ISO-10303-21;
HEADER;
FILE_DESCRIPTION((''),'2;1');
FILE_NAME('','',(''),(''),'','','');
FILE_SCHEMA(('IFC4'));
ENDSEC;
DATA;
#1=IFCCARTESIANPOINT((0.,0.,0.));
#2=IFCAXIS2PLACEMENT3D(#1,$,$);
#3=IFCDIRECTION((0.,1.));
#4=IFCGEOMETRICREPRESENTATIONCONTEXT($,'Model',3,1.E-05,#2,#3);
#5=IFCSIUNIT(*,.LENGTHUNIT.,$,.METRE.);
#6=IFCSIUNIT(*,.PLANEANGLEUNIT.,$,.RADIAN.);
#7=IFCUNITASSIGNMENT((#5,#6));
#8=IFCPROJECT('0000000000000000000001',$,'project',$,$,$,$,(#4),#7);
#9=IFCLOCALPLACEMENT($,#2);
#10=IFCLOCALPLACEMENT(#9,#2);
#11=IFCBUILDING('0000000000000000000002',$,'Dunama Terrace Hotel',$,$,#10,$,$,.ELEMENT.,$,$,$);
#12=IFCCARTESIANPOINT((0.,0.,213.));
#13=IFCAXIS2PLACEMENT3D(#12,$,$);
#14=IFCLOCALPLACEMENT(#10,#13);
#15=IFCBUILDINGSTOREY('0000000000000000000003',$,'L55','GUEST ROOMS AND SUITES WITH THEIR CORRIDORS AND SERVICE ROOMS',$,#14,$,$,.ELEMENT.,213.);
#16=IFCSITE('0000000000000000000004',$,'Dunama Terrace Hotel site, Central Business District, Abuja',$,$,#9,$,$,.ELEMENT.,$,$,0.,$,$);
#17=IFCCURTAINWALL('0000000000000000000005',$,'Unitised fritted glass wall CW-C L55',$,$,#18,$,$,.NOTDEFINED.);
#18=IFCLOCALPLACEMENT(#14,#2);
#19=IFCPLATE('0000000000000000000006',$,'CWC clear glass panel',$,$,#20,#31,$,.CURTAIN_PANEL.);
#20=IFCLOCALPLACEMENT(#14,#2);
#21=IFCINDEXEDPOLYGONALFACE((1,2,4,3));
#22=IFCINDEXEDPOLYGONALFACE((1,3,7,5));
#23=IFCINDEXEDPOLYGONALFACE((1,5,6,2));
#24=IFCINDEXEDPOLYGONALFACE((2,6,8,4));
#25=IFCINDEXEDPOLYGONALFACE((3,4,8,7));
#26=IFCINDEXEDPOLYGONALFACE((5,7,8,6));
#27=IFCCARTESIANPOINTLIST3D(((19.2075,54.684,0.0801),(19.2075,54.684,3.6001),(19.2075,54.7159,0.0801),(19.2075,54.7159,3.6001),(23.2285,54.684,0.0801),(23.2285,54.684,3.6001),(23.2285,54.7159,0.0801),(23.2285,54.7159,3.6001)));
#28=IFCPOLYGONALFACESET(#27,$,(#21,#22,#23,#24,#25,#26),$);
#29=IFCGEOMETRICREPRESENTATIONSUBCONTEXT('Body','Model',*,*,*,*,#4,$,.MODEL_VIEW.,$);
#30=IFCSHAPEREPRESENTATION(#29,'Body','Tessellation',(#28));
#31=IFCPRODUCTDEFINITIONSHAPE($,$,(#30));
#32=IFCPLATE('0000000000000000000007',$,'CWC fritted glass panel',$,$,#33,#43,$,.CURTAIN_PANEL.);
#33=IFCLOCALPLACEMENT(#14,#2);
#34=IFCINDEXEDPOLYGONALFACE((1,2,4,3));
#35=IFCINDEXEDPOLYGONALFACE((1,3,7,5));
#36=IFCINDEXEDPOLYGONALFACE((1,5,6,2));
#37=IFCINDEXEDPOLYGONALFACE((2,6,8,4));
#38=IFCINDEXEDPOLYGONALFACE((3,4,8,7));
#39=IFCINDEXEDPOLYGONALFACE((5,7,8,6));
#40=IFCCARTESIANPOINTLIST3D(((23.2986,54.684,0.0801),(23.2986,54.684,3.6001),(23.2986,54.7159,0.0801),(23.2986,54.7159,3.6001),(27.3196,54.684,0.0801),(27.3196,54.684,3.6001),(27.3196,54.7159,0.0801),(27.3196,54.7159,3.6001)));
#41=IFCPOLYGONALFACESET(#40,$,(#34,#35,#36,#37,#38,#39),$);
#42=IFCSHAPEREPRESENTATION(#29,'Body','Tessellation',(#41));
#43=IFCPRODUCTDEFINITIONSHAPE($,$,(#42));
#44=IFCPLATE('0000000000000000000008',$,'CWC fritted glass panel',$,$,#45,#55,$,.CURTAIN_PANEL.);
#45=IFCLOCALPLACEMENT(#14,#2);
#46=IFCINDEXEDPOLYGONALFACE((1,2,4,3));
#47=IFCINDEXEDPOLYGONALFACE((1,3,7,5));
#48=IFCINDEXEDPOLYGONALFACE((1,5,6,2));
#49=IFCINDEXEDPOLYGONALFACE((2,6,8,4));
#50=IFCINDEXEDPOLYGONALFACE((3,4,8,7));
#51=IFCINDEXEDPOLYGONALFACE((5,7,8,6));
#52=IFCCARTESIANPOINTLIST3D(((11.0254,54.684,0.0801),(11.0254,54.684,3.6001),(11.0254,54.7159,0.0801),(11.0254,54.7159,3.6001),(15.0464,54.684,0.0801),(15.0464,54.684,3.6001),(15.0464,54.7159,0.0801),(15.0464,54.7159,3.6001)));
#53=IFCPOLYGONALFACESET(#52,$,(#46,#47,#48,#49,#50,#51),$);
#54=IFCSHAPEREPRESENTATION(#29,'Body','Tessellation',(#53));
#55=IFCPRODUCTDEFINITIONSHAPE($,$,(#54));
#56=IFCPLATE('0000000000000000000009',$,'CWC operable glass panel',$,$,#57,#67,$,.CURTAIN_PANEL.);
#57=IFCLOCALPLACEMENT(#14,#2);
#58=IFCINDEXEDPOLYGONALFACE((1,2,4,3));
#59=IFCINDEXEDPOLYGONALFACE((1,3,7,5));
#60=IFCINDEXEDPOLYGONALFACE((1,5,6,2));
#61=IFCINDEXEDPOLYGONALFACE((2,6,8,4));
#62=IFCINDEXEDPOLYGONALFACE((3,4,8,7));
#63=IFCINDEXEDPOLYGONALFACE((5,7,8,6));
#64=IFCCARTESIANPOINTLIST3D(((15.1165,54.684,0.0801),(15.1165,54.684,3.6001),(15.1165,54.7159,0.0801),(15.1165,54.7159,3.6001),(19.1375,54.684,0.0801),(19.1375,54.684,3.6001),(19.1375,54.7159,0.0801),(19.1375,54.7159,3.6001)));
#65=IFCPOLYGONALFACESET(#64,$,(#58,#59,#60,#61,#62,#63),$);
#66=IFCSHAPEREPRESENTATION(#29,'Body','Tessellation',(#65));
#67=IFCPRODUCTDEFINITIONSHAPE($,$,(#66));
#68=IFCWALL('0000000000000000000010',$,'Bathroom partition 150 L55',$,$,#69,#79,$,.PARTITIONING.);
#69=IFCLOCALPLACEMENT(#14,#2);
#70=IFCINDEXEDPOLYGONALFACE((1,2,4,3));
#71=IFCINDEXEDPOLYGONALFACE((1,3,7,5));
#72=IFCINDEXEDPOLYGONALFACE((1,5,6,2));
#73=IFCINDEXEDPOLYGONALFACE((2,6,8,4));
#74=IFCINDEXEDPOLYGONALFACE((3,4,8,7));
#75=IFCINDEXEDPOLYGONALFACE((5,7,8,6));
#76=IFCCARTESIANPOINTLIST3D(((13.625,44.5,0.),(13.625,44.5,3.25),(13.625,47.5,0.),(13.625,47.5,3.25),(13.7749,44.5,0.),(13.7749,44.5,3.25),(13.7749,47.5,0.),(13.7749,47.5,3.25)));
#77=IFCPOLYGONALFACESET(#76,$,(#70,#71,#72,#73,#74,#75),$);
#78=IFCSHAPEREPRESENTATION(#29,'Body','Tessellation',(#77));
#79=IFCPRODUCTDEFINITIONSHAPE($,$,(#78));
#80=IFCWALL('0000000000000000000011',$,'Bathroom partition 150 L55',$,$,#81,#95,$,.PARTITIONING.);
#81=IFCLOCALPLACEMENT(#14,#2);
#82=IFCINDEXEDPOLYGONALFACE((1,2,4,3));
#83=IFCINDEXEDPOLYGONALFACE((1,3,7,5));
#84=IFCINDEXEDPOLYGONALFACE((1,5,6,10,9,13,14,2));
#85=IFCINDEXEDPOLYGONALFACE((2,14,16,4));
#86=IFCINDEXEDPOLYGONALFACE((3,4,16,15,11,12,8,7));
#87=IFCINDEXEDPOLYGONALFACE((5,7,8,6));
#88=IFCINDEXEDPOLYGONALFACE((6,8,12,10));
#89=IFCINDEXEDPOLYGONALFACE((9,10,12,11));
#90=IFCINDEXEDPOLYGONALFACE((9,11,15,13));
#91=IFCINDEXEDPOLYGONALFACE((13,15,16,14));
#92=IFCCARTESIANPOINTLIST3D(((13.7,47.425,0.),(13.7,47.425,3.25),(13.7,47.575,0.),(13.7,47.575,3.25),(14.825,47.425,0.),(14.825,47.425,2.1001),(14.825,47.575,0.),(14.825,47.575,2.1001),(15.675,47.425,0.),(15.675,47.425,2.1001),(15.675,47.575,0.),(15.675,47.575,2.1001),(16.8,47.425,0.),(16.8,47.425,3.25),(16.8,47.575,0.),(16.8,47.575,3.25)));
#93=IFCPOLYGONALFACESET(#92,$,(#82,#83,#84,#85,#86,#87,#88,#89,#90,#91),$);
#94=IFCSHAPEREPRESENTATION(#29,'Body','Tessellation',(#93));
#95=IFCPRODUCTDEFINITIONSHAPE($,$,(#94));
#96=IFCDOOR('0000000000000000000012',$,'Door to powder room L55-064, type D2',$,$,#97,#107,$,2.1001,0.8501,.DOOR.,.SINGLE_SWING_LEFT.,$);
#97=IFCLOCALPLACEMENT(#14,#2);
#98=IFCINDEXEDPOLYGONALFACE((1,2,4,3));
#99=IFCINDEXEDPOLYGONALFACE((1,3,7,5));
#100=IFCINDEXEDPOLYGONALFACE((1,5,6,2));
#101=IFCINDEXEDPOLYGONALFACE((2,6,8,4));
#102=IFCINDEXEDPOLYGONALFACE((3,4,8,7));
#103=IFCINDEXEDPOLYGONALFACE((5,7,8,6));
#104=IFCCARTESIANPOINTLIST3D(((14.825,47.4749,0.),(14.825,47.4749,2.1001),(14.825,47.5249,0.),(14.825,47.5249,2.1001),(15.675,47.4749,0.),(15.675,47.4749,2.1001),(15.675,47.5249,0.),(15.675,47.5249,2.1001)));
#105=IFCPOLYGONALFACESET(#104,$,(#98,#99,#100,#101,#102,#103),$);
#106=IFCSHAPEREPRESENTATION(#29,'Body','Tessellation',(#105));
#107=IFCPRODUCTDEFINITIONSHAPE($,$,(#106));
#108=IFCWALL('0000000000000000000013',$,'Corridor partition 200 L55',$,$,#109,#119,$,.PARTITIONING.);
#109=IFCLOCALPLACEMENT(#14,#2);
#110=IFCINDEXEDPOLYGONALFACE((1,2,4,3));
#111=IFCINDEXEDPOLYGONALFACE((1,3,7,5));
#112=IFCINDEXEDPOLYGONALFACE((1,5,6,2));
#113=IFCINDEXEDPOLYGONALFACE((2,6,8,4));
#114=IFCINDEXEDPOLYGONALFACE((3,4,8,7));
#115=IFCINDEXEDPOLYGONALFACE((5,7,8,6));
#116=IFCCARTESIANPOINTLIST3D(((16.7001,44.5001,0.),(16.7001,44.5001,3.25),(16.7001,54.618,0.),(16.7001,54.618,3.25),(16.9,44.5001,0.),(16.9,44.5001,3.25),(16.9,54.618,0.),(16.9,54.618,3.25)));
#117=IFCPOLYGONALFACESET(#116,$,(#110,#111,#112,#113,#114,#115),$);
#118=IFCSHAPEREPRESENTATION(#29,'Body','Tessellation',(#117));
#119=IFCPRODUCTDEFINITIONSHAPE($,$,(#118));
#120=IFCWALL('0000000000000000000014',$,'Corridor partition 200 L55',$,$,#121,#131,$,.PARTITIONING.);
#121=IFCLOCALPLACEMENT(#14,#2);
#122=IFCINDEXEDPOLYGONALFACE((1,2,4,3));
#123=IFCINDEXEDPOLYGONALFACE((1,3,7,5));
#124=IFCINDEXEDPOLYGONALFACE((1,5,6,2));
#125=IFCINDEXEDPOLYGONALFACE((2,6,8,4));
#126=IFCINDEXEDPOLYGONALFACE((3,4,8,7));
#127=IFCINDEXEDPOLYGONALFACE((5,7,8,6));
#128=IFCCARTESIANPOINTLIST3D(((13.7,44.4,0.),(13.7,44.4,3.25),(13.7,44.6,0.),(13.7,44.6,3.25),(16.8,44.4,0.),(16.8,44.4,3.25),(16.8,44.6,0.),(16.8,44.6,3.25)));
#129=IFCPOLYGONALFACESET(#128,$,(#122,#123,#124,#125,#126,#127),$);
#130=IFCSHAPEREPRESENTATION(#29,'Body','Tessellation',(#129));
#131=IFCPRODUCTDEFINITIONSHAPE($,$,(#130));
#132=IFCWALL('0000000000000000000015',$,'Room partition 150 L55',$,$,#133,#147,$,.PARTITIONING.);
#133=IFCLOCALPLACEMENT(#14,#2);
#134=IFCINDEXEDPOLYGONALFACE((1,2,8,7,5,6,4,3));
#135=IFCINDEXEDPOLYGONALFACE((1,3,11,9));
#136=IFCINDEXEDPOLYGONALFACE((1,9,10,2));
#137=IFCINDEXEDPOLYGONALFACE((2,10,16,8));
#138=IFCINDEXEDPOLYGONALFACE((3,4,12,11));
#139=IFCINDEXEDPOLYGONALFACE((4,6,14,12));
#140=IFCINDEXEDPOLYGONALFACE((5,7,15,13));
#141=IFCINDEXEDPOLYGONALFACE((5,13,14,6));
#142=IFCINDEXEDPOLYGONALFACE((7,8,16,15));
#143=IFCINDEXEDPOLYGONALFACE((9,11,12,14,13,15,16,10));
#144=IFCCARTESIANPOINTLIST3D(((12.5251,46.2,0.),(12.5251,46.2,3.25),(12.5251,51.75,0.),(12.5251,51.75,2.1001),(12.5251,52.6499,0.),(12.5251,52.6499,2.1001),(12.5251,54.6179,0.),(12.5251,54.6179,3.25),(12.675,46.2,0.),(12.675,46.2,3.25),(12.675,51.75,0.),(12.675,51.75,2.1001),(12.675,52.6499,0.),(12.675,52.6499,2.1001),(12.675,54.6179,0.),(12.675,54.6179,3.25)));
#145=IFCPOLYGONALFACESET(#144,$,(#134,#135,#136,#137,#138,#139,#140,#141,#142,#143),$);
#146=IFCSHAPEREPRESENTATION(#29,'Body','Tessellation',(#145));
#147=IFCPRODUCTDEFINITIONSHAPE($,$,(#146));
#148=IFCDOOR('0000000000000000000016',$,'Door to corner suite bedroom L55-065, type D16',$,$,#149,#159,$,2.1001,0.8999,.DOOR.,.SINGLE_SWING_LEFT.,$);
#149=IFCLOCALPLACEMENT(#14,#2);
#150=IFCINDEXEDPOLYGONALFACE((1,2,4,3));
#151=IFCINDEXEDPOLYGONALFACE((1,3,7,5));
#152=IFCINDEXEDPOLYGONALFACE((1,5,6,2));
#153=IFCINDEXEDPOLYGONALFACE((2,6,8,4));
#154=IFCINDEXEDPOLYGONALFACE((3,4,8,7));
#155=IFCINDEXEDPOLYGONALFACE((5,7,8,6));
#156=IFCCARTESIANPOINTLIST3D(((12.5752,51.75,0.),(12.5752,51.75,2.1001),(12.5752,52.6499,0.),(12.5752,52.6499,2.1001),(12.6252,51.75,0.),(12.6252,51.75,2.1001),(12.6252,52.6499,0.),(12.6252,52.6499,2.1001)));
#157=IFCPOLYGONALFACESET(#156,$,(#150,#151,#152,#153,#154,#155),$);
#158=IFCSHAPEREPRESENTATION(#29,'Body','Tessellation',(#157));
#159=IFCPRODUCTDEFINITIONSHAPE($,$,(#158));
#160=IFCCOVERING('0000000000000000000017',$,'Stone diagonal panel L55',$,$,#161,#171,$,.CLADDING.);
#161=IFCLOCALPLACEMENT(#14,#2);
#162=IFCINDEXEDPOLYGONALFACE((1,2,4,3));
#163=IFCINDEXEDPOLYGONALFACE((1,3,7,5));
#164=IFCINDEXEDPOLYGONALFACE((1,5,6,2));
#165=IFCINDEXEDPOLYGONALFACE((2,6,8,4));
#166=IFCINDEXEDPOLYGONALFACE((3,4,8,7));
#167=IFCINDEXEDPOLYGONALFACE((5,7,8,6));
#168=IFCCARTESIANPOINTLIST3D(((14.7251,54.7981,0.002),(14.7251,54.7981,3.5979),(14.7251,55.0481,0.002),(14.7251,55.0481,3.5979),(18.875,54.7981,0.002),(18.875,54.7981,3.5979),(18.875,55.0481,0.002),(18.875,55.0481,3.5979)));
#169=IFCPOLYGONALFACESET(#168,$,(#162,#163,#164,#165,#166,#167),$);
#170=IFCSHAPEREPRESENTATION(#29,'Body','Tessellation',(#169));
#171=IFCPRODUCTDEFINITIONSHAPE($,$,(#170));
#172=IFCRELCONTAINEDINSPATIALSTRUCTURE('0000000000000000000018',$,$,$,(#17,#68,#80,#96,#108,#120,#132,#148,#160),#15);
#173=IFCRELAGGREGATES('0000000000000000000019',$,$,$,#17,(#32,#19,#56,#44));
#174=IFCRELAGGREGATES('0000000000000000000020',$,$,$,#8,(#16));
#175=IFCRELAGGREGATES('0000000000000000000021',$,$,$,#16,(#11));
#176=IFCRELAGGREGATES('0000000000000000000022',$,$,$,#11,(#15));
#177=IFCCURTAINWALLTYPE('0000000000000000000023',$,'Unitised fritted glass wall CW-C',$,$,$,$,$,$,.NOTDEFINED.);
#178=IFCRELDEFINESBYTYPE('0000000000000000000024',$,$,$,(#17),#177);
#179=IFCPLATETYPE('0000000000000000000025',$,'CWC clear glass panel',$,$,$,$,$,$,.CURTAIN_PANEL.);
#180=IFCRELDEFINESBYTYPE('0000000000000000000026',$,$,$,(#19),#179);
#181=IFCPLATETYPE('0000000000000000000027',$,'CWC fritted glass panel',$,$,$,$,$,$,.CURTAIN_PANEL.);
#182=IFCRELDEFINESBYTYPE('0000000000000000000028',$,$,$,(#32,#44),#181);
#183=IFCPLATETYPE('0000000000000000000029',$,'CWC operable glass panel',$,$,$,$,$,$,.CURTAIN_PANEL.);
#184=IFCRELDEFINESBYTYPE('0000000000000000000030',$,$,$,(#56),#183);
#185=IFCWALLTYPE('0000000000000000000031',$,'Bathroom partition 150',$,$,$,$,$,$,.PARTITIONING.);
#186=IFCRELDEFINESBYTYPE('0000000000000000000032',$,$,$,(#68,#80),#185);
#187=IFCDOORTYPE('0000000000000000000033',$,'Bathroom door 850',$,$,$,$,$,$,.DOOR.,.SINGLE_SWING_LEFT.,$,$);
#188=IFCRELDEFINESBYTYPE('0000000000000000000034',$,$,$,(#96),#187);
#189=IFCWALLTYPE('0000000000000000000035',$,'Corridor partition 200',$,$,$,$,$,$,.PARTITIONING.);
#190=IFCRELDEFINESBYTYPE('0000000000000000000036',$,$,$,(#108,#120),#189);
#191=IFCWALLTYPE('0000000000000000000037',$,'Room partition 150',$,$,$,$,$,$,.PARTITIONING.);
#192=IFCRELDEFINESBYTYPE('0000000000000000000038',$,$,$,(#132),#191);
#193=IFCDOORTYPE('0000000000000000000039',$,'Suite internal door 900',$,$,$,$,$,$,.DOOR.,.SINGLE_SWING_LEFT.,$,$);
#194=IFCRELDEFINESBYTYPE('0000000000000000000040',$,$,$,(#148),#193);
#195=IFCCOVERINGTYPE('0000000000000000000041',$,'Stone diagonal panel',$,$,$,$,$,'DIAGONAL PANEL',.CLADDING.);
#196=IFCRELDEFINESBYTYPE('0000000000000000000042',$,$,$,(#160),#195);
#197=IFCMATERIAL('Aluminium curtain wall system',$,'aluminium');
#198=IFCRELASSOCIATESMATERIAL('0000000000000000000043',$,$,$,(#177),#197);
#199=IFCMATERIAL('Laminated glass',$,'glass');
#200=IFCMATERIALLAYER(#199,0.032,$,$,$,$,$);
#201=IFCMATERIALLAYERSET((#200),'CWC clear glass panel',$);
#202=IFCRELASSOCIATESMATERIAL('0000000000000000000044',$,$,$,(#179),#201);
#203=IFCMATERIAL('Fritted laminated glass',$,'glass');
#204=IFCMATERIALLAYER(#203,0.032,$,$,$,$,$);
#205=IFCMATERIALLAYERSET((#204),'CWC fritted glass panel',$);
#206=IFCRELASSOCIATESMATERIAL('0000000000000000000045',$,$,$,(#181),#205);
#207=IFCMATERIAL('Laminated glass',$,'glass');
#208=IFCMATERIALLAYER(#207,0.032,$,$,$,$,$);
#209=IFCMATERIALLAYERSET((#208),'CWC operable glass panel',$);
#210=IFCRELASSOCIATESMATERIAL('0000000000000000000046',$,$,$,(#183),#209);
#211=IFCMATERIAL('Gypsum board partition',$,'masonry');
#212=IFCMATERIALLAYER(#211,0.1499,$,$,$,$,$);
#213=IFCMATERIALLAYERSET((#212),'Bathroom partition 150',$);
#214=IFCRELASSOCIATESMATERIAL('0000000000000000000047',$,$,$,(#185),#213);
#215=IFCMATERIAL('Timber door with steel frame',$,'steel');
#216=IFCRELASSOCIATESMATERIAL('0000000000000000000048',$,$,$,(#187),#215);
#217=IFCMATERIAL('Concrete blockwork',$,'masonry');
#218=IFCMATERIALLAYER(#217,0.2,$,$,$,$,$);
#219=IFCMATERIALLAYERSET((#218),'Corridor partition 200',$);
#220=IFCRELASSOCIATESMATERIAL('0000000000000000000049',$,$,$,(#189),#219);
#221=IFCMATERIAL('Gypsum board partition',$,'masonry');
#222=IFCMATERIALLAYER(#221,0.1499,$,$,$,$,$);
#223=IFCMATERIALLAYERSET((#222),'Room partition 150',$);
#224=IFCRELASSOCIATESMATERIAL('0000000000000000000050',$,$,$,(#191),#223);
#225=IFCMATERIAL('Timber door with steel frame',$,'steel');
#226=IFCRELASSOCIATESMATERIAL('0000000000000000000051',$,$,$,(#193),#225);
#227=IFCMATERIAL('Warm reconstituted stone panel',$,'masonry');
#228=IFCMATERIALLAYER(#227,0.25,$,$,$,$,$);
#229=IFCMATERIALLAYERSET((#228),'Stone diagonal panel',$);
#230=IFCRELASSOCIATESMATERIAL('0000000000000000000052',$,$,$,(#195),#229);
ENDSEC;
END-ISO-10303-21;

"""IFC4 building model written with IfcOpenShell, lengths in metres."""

from ifc_helpers import new_model, si_unit, direction, frame, frame_2d, origin, origin_2d, place, context, subcontext, project, spatial, rectangle, extrude, material, layer, layer_set, type_object, element, fill, aggregate, save


model = new_model("IFC4")

# Units and contexts
model_context = context("Model", 3, precision=1e-05, world=origin(), true_north=direction((0.0, 1.0)))
body_context = subcontext(model_context, "Body", "Model", "MODEL_VIEW")
ifc_project = project(units=[si_unit("LENGTHUNIT", "METRE"), si_unit("PLANEANGLEUNIT", "RADIAN")], contexts=[model_context])

# Site, building, storey
site_placement = place(None, origin())
site = spatial("IfcSite", under=ifc_project, at=site_placement, Name="Dunama Terrace Hotel site, Central Business District, Abuja", CompositionType="ELEMENT", RefElevation=0.0)
building_placement = place(site_placement, origin())
building = spatial("IfcBuilding", under=site, at=building_placement, Name="Dunama Terrace Hotel", CompositionType="ELEMENT")
storey_placement = place(building_placement, frame((0.0, 0.0, 213.0)))
storey = spatial("IfcBuildingStorey", under=building, at=storey_placement, Name="L55", Description="GUEST ROOMS AND SUITES WITH THEIR CORRIDORS AND SERVICE ROOMS", CompositionType="ELEMENT", Elevation=213.0)

# Curtain wall
ifc_material_1 = material(Name="Aluminium curtain wall system", Category="aluminium")
curtain_wall_type = type_object("IfcCurtainWallType", Name="Unitised fritted glass wall CW-C", PredefinedType="NOTDEFINED", material=ifc_material_1)
curtain_wall_placement = place(storey_placement, origin())
curtain_wall = element("IfcCurtainWall", 1, at=curtain_wall_placement, inside=storey, type_object=curtain_wall_type, Name="Unitised fritted glass wall CW-C L55", PredefinedType="NOTDEFINED")

# Plates
ifc_material_2 = material(Name="Laminated glass", Category="glass")
ifc_layer_1 = layer(ifc_material_2, 0.032)
ifc_layer_set_1 = layer_set([ifc_layer_1], Name="CWC clear glass panel")
plate_type_1 = type_object("IfcPlateType", Name="CWC clear glass panel", PredefinedType="CURTAIN_PANEL", material=ifc_layer_set_1)
plate_1_placement = place(storey_placement, frame((21.218, 54.7, 0.0801), z_axis=(0.0, 0.0, 1.0), x_axis=(-1.0, 0.0, 0.0)))
plate_1 = element("IfcPlate", 2, at=plate_1_placement, type_object=plate_type_1, Name="CWC clear glass panel", PredefinedType="CURTAIN_PANEL", context=body_context, shape_type="SweptSolid", body=[
    extrude(rectangle(XDim=4.021, YDim=0.032, at=origin_2d()), origin(), (0.0, 0.0, 1.0), 3.52),
])
ifc_material_3 = material(Name="Fritted laminated glass", Category="glass")
ifc_layer_2 = layer(ifc_material_3, 0.032)
ifc_layer_set_2 = layer_set([ifc_layer_2], Name="CWC fritted glass panel")
plate_type_2 = type_object("IfcPlateType", Name="CWC fritted glass panel", PredefinedType="CURTAIN_PANEL", material=ifc_layer_set_2)
plate_2_placement = place(storey_placement, frame((25.3091, 54.7, 0.0801), z_axis=(0.0, 0.0, 1.0), x_axis=(-1.0, 0.0, 0.0)))
plate_2 = element("IfcPlate", 3, at=plate_2_placement, type_object=plate_type_2, Name="CWC fritted glass panel", PredefinedType="CURTAIN_PANEL", context=body_context, shape_type="SweptSolid", body=[
    extrude(rectangle(XDim=4.021, YDim=0.032, at=origin_2d()), origin(), (0.0, 0.0, 1.0), 3.52),
])
plate_3_placement = place(storey_placement, frame((13.0359, 54.7, 0.0801), z_axis=(0.0, 0.0, 1.0), x_axis=(-1.0, 0.0, 0.0)))
plate_3 = element("IfcPlate", 4, at=plate_3_placement, type_object=plate_type_2, Name="CWC fritted glass panel", PredefinedType="CURTAIN_PANEL", context=body_context, shape_type="SweptSolid", body=[
    extrude(rectangle(XDim=4.021, YDim=0.032, at=origin_2d()), origin(), (0.0, 0.0, 1.0), 3.52),
])
ifc_material_4 = material(Name="Laminated glass", Category="glass")
ifc_layer_3 = layer(ifc_material_4, 0.032)
ifc_layer_set_3 = layer_set([ifc_layer_3], Name="CWC operable glass panel")
plate_type_3 = type_object("IfcPlateType", Name="CWC operable glass panel", PredefinedType="CURTAIN_PANEL", material=ifc_layer_set_3)
plate_4_placement = place(storey_placement, frame((17.127, 54.7, 0.0801), z_axis=(0.0, 0.0, 1.0), x_axis=(-1.0, 0.0, 0.0)))
plate_4 = element("IfcPlate", 5, at=plate_4_placement, type_object=plate_type_3, Name="CWC operable glass panel", PredefinedType="CURTAIN_PANEL", context=body_context, shape_type="SweptSolid", body=[
    extrude(rectangle(XDim=4.021, YDim=0.032, at=origin_2d()), origin(), (0.0, 0.0, 1.0), 3.52),
])
aggregate(curtain_wall, [plate_2, plate_1, plate_4, plate_3])

# Wall
ifc_material_5 = material(Name="Gypsum board partition", Category="masonry")
ifc_layer_4 = layer(ifc_material_5, 0.1499)
ifc_layer_set_4 = layer_set([ifc_layer_4], Name="Bathroom partition 150")
wall_type_1 = type_object("IfcWallType", Name="Bathroom partition 150", PredefinedType="PARTITIONING", material=ifc_layer_set_4)
wall_1_placement = place(storey_placement, frame((13.7, 44.5, 0.0), z_axis=(0.0, 0.0, 1.0), x_axis=(0.0, 1.0, 0.0)))
element("IfcWall", 6, at=wall_1_placement, inside=storey, type_object=wall_type_1, Name="Bathroom partition 150 L55", PredefinedType="PARTITIONING", context=body_context, shape_type="SweptSolid", body=[
    extrude(rectangle(XDim=3.0, YDim=0.1499, at=frame_2d((1.5, 0.0))), origin(), (0.0, 0.0, 1.0), 3.25),
])

# Wall, opening, door
wall_2_placement = place(storey_placement, frame((13.7, 47.5, 0.0), z_axis=(0.0, 0.0, 1.0), x_axis=(1.0, 0.0, 0.0)))
wall_2 = element("IfcWall", 7, at=wall_2_placement, inside=storey, type_object=wall_type_1, Name="Bathroom partition 150 L55", PredefinedType="PARTITIONING", context=body_context, shape_type="SweptSolid", body=[
    extrude(rectangle(XDim=3.1001, YDim=0.1499, at=frame_2d((1.55, 0.0))), origin(), (0.0, 0.0, 1.0), 3.25),
])
opening_1_placement = place(wall_2_placement, frame((1.125, 0.0, 0.0)))
opening_1 = element("IfcOpeningElement", 8, at=opening_1_placement, cuts=wall_2, PredefinedType="OPENING", context=body_context, shape_type="SweptSolid", body=[
    extrude(rectangle(XDim=0.8501, YDim=2.1001, at=frame_2d((0.425, 1.05))), frame((0.0, 0.085, 0.0), z_axis=(0.0, -1.0, 0.0), x_axis=(1.0, 0.0, 0.0)), (0.0, 0.0, 1.0), 0.1699),
])
ifc_material_6 = material(Name="Timber door with steel frame", Category="steel")
door_type_1 = type_object("IfcDoorType", Name="Bathroom door 850", OperationType="SINGLE_SWING_LEFT", PredefinedType="DOOR", material=ifc_material_6)
door_1_placement = place(opening_1_placement, frame((0.8501, 0.0, 0.0), z_axis=(0.0, 0.0, 1.0), x_axis=(-1.0, 0.0, 0.0)))
door_1 = element("IfcDoor", 9, at=door_1_placement, inside=storey, type_object=door_type_1, Name="Door to powder room L55-064, type D2", OperationType="SINGLE_SWING_LEFT", OverallHeight=2.1001, OverallWidth=0.8501, PredefinedType="DOOR", context=body_context, shape_type="SweptSolid", body=[
    extrude(rectangle(XDim=0.8501, YDim=2.1001, at=frame_2d((0.425, 1.05))), frame((0.0, 0.0251, 0.0), z_axis=(0.0, -1.0, 0.0), x_axis=(1.0, 0.0, 0.0)), (0.0, 0.0, 1.0), 0.05),
])
fill(opening_1, door_1)

# Walls
ifc_material_7 = material(Name="Concrete blockwork", Category="masonry")
ifc_layer_5 = layer(ifc_material_7, 0.2)
ifc_layer_set_5 = layer_set([ifc_layer_5], Name="Corridor partition 200")
wall_type_2 = type_object("IfcWallType", Name="Corridor partition 200", PredefinedType="PARTITIONING", material=ifc_layer_set_5)
wall_3_placement = place(storey_placement, frame((16.8, 44.5, 0.0), z_axis=(0.0, 0.0, 1.0), x_axis=(0.0, 1.0, 0.0)))
element("IfcWall", 10, at=wall_3_placement, inside=storey, type_object=wall_type_2, Name="Corridor partition 200 L55", PredefinedType="PARTITIONING", context=body_context, shape_type="SweptSolid", body=[
    extrude(rectangle(XDim=10.1179, YDim=0.2, at=frame_2d((5.0591, 0.0))), origin(), (0.0, 0.0, 1.0), 3.25),
])
wall_4_placement = place(storey_placement, frame((13.7, 44.5, 0.0), z_axis=(0.0, 0.0, 1.0), x_axis=(1.0, 0.0, 0.0)))
element("IfcWall", 11, at=wall_4_placement, inside=storey, type_object=wall_type_2, Name="Corridor partition 200 L55", PredefinedType="PARTITIONING", context=body_context, shape_type="SweptSolid", body=[
    extrude(rectangle(XDim=3.1001, YDim=0.2, at=frame_2d((1.55, 0.0))), origin(), (0.0, 0.0, 1.0), 3.25),
])

# Wall, opening, door
ifc_material_8 = material(Name="Gypsum board partition", Category="masonry")
ifc_layer_6 = layer(ifc_material_8, 0.1499)
ifc_layer_set_6 = layer_set([ifc_layer_6], Name="Room partition 150")
wall_type_3 = type_object("IfcWallType", Name="Room partition 150", PredefinedType="PARTITIONING", material=ifc_layer_set_6)
wall_5_placement = place(storey_placement, frame((12.6001, 46.2, 0.0), z_axis=(0.0, 0.0, 1.0), x_axis=(0.0, 1.0, 0.0)))
wall_5 = element("IfcWall", 12, at=wall_5_placement, inside=storey, type_object=wall_type_3, Name="Room partition 150 L55", PredefinedType="PARTITIONING", context=body_context, shape_type="SweptSolid", body=[
    extrude(rectangle(XDim=8.418, YDim=0.1499, at=frame_2d((4.209, 0.0))), origin(), (0.0, 0.0, 1.0), 3.25),
])
opening_2_placement = place(wall_5_placement, frame((5.55, 0.0, 0.0)))
opening_2 = element("IfcOpeningElement", 13, at=opening_2_placement, cuts=wall_5, PredefinedType="OPENING", context=body_context, shape_type="SweptSolid", body=[
    extrude(rectangle(XDim=0.8999, YDim=2.1001, at=frame_2d((0.45, 1.05))), frame((0.0, 0.085, 0.0), z_axis=(0.0, -1.0, 0.0), x_axis=(1.0, 0.0, 0.0)), (0.0, 0.0, 1.0), 0.1699),
])
ifc_material_9 = material(Name="Timber door with steel frame", Category="steel")
door_type_2 = type_object("IfcDoorType", Name="Suite internal door 900", OperationType="SINGLE_SWING_LEFT", PredefinedType="DOOR", material=ifc_material_9)
door_2_placement = place(opening_2_placement, origin())
door_2 = element("IfcDoor", 14, at=door_2_placement, inside=storey, type_object=door_type_2, Name="Door to corner suite bedroom L55-065, type D16", OperationType="SINGLE_SWING_LEFT", OverallHeight=2.1001, OverallWidth=0.8999, PredefinedType="DOOR", context=body_context, shape_type="SweptSolid", body=[
    extrude(rectangle(XDim=0.8999, YDim=2.1001, at=frame_2d((0.45, 1.05))), frame((0.0, 0.0249, 0.0), z_axis=(0.0, -1.0, 0.0), x_axis=(1.0, 0.0, 0.0)), (0.0, 0.0, 1.0), 0.05),
])
fill(opening_2, door_2)

# Covering
ifc_material_10 = material(Name="Warm reconstituted stone panel", Category="masonry")
ifc_layer_7 = layer(ifc_material_10, 0.25)
ifc_layer_set_7 = layer_set([ifc_layer_7], Name="Stone diagonal panel")
covering_type = type_object("IfcCoveringType", Name="Stone diagonal panel", ElementType="DIAGONAL PANEL", PredefinedType="CLADDING", material=ifc_layer_set_7)
covering_placement = place(storey_placement, frame((16.8, 54.9231, 0.002), z_axis=(0.0, 0.0, 1.0), x_axis=(-1.0, 0.0, 0.0)))
element("IfcCovering", 15, at=covering_placement, inside=storey, type_object=covering_type, Name="Stone diagonal panel L55", PredefinedType="CLADDING", context=body_context, shape_type="SweptSolid", body=[
    extrude(rectangle(XDim=4.1499, YDim=0.25, at=origin_2d()), origin(), (0.0, 0.0, 1.0), 3.5959),
])

save(model, "model.ifc")
